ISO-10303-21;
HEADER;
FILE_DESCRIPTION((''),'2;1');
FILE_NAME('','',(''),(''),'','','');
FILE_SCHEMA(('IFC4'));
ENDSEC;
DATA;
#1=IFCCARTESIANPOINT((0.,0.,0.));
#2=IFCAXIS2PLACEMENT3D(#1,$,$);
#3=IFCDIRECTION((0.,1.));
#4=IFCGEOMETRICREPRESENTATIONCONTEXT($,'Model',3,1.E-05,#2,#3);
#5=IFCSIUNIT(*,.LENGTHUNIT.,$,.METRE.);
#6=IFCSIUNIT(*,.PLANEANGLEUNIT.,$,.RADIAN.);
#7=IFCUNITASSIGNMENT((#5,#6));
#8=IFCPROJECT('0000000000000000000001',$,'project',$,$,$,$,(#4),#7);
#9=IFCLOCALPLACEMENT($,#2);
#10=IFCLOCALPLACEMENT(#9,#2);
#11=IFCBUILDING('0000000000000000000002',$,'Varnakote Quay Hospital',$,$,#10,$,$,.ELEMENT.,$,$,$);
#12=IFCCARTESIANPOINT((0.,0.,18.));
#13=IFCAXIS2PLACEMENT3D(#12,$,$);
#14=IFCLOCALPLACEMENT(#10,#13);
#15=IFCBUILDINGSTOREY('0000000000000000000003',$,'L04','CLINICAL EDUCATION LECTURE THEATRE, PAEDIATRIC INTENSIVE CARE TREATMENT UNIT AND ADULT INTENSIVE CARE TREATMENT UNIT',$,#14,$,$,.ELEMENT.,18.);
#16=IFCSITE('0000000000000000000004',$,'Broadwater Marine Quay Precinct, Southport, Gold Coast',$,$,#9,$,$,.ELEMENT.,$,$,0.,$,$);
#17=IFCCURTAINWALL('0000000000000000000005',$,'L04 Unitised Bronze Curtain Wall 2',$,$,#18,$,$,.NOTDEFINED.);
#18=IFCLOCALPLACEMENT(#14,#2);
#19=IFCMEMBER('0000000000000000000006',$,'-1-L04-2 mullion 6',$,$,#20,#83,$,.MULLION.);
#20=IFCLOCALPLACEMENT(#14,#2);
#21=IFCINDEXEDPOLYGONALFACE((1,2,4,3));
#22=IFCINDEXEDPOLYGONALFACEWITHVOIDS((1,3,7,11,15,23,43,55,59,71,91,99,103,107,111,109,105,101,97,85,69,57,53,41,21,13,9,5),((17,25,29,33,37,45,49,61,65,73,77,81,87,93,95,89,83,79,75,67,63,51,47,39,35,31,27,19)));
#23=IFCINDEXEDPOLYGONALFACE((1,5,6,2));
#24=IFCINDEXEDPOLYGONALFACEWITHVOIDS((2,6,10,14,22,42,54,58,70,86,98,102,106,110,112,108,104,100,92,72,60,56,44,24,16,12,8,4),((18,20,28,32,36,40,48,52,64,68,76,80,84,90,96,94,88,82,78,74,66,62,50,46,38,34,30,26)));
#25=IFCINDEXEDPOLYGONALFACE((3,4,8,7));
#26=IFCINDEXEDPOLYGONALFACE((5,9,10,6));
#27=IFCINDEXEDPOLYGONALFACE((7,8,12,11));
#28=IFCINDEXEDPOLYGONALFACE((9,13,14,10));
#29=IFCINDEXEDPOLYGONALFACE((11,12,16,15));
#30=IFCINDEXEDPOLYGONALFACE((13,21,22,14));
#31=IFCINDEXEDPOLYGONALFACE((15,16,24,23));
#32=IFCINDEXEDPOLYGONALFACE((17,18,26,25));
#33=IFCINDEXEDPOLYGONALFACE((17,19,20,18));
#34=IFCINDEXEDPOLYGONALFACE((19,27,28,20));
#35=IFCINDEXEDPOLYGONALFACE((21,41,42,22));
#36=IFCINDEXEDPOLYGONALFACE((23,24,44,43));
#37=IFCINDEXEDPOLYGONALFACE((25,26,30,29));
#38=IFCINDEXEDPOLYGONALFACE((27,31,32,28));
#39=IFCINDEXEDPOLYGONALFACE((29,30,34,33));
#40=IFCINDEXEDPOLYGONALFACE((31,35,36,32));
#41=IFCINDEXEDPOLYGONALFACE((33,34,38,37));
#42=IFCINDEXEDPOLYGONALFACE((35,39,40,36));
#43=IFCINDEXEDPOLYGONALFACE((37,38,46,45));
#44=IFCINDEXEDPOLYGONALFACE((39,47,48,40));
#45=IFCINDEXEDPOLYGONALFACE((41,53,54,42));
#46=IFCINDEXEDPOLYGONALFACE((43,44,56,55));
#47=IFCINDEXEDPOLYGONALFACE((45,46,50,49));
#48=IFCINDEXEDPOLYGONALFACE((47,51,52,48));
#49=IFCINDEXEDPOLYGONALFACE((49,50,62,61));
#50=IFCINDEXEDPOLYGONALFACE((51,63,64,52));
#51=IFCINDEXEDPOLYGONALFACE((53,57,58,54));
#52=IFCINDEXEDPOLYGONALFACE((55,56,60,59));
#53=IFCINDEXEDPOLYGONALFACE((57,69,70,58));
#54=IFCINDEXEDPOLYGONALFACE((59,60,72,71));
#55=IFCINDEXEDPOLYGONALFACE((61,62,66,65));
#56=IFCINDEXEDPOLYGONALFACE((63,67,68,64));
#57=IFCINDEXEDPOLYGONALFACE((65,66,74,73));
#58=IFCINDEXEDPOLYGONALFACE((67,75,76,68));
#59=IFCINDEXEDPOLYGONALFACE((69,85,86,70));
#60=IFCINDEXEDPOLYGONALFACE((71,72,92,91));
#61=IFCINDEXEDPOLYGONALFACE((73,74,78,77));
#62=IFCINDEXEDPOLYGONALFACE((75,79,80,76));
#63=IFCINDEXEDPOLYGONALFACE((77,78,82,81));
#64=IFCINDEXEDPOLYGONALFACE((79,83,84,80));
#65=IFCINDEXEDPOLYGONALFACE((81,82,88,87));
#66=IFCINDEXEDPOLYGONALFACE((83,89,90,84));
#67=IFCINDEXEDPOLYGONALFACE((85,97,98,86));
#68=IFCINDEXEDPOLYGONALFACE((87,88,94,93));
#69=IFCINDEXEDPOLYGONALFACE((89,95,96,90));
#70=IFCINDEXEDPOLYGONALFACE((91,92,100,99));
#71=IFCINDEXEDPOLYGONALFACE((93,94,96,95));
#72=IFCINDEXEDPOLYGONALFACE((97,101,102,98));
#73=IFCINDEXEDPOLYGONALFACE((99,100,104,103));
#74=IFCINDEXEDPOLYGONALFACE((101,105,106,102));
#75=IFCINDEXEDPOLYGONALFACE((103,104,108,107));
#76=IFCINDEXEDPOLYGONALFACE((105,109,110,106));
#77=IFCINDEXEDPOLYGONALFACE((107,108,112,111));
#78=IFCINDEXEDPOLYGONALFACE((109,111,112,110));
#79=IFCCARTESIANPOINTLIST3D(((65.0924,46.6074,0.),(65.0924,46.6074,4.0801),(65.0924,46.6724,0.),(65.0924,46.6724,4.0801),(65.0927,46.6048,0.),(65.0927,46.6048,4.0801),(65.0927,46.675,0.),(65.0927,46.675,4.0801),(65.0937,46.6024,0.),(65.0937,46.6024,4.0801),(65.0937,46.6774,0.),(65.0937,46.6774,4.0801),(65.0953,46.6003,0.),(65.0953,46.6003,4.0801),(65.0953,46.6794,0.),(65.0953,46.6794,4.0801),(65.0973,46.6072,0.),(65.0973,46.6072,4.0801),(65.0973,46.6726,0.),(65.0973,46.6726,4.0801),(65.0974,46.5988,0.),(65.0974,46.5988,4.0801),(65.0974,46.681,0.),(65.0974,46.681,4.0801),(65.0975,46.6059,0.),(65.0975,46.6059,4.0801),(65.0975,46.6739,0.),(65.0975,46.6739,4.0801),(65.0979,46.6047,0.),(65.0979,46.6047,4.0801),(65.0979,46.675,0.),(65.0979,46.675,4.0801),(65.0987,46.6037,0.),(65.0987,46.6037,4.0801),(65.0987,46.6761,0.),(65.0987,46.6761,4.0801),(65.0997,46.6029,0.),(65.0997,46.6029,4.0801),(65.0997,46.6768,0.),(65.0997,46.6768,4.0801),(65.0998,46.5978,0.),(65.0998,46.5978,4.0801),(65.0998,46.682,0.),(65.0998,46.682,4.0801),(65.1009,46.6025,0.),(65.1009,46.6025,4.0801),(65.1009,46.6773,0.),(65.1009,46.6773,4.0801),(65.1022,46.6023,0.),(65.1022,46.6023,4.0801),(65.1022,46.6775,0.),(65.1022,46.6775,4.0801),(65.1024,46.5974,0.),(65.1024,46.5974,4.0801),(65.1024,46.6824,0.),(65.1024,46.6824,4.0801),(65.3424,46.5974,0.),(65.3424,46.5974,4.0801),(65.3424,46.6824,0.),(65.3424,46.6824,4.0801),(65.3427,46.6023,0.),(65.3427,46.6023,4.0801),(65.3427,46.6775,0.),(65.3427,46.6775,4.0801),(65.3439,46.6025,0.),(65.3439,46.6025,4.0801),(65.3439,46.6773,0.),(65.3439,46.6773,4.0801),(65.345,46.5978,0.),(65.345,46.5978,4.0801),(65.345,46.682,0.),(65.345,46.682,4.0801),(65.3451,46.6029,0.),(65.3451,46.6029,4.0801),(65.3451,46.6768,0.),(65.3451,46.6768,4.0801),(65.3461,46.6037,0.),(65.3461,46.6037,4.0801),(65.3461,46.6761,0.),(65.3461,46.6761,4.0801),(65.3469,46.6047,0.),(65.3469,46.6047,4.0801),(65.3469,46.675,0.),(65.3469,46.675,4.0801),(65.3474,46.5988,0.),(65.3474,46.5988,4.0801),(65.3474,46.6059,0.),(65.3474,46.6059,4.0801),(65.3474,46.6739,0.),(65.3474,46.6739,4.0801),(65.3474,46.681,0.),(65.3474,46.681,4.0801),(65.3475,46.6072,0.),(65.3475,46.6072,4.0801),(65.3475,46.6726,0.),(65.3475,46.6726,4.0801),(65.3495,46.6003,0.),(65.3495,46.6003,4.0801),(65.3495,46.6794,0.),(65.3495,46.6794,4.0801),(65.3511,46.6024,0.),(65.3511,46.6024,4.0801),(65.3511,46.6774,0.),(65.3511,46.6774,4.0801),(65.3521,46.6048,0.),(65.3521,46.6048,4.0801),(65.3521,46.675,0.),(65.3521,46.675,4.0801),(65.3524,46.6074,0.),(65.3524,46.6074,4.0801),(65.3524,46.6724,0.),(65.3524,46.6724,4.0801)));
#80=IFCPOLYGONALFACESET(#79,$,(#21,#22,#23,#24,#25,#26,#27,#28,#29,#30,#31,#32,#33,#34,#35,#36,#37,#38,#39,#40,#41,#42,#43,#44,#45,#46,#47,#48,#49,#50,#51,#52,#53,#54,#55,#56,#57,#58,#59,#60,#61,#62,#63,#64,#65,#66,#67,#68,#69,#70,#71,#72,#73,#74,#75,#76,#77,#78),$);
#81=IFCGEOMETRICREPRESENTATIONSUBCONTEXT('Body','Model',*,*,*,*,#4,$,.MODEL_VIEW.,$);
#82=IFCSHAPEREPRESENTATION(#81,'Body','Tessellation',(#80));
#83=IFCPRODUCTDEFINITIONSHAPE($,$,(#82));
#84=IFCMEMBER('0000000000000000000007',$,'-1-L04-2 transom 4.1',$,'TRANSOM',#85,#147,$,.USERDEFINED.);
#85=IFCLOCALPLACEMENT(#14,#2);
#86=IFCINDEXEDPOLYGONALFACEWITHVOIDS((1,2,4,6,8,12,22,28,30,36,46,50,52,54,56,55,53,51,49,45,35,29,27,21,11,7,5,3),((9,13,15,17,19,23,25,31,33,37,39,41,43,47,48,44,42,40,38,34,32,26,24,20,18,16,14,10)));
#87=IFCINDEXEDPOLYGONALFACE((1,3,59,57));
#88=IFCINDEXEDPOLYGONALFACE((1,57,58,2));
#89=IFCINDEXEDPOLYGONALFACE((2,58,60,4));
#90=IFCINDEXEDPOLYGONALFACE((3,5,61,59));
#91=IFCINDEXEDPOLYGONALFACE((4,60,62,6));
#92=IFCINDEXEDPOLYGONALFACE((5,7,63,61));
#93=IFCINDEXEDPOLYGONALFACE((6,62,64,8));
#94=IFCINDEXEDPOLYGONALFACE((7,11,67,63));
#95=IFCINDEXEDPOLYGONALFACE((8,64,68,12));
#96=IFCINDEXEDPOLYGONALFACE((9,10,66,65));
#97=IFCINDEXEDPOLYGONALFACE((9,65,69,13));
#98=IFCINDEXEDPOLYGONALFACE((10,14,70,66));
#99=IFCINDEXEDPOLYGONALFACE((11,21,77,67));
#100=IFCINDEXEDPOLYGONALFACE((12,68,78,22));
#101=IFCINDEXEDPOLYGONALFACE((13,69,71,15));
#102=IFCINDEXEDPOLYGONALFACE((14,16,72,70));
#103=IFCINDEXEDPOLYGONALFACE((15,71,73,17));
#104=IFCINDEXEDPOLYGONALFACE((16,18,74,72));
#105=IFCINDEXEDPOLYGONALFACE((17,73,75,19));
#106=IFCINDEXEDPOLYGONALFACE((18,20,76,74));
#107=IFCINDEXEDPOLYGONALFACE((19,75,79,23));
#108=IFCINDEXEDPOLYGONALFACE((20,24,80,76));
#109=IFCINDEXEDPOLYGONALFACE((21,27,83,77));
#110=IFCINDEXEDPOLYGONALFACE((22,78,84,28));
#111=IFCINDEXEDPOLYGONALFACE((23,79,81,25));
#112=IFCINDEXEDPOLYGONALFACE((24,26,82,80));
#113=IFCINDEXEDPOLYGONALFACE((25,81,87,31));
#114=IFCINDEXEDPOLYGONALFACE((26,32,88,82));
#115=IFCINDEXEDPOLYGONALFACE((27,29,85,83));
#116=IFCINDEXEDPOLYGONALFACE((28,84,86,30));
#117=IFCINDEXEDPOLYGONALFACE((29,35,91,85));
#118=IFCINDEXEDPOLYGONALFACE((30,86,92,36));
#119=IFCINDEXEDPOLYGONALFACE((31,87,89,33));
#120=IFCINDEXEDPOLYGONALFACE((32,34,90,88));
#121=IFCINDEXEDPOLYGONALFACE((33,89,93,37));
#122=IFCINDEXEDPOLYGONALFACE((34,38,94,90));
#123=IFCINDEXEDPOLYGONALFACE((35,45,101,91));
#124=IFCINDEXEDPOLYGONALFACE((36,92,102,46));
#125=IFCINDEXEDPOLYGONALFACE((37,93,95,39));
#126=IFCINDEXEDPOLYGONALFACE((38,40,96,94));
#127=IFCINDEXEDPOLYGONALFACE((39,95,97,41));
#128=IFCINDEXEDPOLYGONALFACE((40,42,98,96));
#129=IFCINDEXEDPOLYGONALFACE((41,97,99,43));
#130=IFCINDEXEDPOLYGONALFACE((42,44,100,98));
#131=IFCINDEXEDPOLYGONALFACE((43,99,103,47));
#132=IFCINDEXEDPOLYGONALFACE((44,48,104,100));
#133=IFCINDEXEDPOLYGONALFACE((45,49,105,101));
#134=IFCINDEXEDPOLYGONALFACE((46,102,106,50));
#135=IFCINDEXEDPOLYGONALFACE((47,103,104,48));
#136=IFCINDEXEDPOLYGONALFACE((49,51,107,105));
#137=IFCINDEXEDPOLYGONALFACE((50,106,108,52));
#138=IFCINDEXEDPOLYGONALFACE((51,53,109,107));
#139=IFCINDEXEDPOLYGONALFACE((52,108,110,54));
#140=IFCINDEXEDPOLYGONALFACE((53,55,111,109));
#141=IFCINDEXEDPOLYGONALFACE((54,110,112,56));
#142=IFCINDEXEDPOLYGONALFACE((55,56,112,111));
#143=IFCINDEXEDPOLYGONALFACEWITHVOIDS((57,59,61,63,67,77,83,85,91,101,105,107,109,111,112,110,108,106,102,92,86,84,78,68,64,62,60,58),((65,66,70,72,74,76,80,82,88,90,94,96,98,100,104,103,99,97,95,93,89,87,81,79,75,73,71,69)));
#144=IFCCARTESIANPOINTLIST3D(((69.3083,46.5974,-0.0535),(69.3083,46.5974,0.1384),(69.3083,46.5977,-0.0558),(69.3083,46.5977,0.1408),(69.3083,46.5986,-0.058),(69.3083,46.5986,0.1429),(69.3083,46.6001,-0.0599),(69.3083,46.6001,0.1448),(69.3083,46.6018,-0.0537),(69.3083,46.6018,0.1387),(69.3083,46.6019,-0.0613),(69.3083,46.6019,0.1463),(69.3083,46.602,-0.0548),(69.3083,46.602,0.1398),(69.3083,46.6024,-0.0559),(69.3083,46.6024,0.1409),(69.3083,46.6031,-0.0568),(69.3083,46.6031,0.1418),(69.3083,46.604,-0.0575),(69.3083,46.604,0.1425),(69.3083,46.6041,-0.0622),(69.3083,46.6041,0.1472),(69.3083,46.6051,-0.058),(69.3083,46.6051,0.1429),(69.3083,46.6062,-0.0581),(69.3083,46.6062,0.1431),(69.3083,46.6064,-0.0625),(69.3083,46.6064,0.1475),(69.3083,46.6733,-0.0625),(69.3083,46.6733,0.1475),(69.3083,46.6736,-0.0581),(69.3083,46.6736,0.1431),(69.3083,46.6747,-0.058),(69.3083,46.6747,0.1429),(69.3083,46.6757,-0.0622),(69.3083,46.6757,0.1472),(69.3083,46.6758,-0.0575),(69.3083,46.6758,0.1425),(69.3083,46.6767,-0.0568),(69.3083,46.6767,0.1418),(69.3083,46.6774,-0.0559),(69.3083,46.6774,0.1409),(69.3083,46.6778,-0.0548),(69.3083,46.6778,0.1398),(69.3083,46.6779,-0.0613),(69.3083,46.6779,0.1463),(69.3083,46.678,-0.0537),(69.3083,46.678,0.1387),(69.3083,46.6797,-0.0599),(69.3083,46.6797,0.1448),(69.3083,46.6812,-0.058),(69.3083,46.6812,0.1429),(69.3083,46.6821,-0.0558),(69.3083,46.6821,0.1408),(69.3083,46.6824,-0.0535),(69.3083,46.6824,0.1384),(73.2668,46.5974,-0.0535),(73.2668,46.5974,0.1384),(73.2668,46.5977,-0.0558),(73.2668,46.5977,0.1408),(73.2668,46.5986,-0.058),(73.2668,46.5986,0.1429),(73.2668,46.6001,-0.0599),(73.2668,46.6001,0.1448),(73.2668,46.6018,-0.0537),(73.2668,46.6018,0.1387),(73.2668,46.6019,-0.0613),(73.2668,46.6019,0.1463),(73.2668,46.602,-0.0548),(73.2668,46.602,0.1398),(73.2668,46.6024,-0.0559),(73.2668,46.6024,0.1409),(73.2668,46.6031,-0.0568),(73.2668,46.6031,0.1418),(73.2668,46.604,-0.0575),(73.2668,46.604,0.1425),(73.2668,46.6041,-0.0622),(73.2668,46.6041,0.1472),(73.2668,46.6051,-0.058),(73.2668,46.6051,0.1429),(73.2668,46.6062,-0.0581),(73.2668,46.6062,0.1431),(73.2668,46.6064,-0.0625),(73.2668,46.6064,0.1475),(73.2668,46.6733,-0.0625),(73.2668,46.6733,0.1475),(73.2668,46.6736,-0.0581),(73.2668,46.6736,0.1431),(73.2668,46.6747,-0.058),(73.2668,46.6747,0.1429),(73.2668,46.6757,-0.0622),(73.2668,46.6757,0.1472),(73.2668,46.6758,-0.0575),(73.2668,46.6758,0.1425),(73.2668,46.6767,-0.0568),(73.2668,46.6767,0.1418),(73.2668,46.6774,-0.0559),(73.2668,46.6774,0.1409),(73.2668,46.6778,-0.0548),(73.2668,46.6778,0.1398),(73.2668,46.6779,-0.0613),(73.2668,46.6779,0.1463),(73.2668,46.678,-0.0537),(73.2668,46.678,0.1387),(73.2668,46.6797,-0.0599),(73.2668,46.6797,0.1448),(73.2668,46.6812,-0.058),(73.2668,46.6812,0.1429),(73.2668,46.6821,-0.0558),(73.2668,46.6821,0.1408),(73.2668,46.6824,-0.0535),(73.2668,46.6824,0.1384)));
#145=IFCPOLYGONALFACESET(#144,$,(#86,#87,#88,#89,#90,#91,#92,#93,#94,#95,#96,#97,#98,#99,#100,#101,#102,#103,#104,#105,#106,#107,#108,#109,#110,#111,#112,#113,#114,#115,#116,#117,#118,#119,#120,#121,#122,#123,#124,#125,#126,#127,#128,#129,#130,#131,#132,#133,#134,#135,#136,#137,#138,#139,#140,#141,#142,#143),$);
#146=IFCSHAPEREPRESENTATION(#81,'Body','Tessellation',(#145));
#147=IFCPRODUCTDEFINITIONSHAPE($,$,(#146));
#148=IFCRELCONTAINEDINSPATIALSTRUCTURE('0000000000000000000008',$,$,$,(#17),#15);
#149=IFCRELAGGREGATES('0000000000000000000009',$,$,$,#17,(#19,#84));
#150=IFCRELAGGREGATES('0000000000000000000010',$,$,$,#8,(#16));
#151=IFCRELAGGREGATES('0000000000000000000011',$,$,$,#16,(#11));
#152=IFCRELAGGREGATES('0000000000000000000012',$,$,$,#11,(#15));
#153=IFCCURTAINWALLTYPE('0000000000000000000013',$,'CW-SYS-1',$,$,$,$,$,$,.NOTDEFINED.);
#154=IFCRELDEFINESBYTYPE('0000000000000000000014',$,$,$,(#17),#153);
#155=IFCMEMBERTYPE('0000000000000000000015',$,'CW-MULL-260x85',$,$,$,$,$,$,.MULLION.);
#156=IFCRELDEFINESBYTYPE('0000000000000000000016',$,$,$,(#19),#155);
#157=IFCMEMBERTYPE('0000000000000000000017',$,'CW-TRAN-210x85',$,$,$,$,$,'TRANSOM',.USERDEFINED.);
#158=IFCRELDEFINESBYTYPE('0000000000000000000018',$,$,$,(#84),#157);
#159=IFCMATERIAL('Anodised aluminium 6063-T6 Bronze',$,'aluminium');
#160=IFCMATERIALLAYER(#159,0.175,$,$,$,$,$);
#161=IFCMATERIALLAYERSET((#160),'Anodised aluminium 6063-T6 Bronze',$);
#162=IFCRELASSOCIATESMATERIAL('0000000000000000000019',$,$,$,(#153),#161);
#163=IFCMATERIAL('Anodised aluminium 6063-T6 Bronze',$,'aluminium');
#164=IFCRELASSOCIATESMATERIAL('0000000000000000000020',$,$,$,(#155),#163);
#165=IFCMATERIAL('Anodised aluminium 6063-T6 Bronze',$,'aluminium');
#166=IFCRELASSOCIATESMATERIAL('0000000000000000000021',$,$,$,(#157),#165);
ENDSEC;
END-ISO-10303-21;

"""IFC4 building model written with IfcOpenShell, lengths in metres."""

from ifc_helpers import new_model, si_unit, direction, frame, origin, origin_2d, place, context, subcontext, project, spatial, hollow_rectangle, extrude, material, layer, layer_set, material_profile, profile_set, type_object, element, aggregate, save


model = new_model("IFC4")

# Units and contexts
model_context = context("Model", 3, precision=1e-05, world=origin(), true_north=direction((0.0, 1.0)))
body_context = subcontext(model_context, "Body", "Model", "MODEL_VIEW")
ifc_project = project(units=[si_unit("LENGTHUNIT", "METRE"), si_unit("PLANEANGLEUNIT", "RADIAN")], contexts=[model_context])

# Site, building, storey
site_placement = place(None, origin())
site = spatial("IfcSite", under=ifc_project, at=site_placement, Name="Broadwater Marine Quay Precinct, Southport, Gold Coast", CompositionType="ELEMENT", RefElevation=0.0)
building_placement = place(site_placement, origin())
building = spatial("IfcBuilding", under=site, at=building_placement, Name="Varnakote Quay Hospital", CompositionType="ELEMENT")
storey_placement = place(building_placement, frame((0.0, 0.0, 18.0)))
storey = spatial("IfcBuildingStorey", under=building, at=storey_placement, Name="L04", Description="CLINICAL EDUCATION LECTURE THEATRE, PAEDIATRIC INTENSIVE CARE TREATMENT UNIT AND ADULT INTENSIVE CARE TREATMENT UNIT", CompositionType="ELEMENT", Elevation=18.0)

# Curtain wall, members
ifc_material_1 = material(Name="Anodised aluminium 6063-T6 Bronze", Category="aluminium")
ifc_layer_1 = layer(ifc_material_1, 0.175)
ifc_layer_set_1 = layer_set([ifc_layer_1], Name="Anodised aluminium 6063-T6 Bronze")
curtain_wall_type = type_object("IfcCurtainWallType", Name="CW-SYS-1", PredefinedType="NOTDEFINED", material=ifc_layer_set_1)
curtain_wall_placement = place(storey_placement, origin())
curtain_wall = element("IfcCurtainWall", 1, at=curtain_wall_placement, inside=storey, type_object=curtain_wall_type, Name="L04 Unitised Bronze Curtain Wall 2", PredefinedType="NOTDEFINED")
ifc_material_2 = material(Name="Anodised aluminium 6063-T6 Bronze", Category="aluminium")
ifc_material_profile_1 = material_profile(ifc_material_2, hollow_rectangle(XDim=0.085, YDim=0.26, WallThickness=0.0049, InnerFilletRadius=0.0049, OuterFilletRadius=0.01, at=origin_2d()), Name="CW-MULL-260x85")
ifc_profile_set_1 = profile_set([ifc_material_profile_1], Name="Anodised aluminium 6063-T6 Bronze")
member_type_1 = type_object("IfcMemberType", Name="CW-MULL-260x85", PredefinedType="MULLION", material=ifc_profile_set_1)
member_1_placement = place(storey_placement, frame((65.2224, 46.6399, 0.0), z_axis=(0.0, 0.0, 1.0), x_axis=(0.0, -1.0, 0.0)))
member_1 = element("IfcMember", 2, at=member_1_placement, type_object=member_type_1, Name="-1-L04-2 mullion 6", PredefinedType="MULLION", context=body_context, shape_type="SweptSolid", body=[
    extrude(hollow_rectangle(XDim=0.085, YDim=0.26, WallThickness=0.0049, InnerFilletRadius=0.0049, OuterFilletRadius=0.01, at=origin_2d()), origin(), (0.0, 0.0, 1.0), 4.0801),
])
ifc_material_3 = material(Name="Anodised aluminium 6063-T6 Bronze", Category="aluminium")
ifc_material_profile_2 = material_profile(ifc_material_3, hollow_rectangle(XDim=0.085, YDim=0.21, WallThickness=0.0044, InnerFilletRadius=0.0044, OuterFilletRadius=0.009, at=origin_2d()), Name="CW-TRAN-210x85")
ifc_profile_set_2 = profile_set([ifc_material_profile_2], Name="Anodised aluminium 6063-T6 Bronze")
member_type_2 = type_object("IfcMemberType", Name="CW-TRAN-210x85", ElementType="TRANSOM", PredefinedType="USERDEFINED", material=ifc_profile_set_2)
member_2_placement = place(storey_placement, frame((73.2668, 46.6399, 0.0425), z_axis=(-1.0, 0.0, 0.0), x_axis=(0.0, -1.0, 0.0)))
member_2 = element("IfcMember", 3, at=member_2_placement, type_object=member_type_2, Name="-1-L04-2 transom 4.1", ObjectType="TRANSOM", PredefinedType="USERDEFINED", context=body_context, shape_type="SweptSolid", body=[
    extrude(hollow_rectangle(XDim=0.085, YDim=0.21, WallThickness=0.0044, InnerFilletRadius=0.0044, OuterFilletRadius=0.009, at=origin_2d()), origin(), (0.0, 0.0, 1.0), 3.9585),
])

aggregate(curtain_wall, [member_1, member_2])

save(model, "model.ifc")
